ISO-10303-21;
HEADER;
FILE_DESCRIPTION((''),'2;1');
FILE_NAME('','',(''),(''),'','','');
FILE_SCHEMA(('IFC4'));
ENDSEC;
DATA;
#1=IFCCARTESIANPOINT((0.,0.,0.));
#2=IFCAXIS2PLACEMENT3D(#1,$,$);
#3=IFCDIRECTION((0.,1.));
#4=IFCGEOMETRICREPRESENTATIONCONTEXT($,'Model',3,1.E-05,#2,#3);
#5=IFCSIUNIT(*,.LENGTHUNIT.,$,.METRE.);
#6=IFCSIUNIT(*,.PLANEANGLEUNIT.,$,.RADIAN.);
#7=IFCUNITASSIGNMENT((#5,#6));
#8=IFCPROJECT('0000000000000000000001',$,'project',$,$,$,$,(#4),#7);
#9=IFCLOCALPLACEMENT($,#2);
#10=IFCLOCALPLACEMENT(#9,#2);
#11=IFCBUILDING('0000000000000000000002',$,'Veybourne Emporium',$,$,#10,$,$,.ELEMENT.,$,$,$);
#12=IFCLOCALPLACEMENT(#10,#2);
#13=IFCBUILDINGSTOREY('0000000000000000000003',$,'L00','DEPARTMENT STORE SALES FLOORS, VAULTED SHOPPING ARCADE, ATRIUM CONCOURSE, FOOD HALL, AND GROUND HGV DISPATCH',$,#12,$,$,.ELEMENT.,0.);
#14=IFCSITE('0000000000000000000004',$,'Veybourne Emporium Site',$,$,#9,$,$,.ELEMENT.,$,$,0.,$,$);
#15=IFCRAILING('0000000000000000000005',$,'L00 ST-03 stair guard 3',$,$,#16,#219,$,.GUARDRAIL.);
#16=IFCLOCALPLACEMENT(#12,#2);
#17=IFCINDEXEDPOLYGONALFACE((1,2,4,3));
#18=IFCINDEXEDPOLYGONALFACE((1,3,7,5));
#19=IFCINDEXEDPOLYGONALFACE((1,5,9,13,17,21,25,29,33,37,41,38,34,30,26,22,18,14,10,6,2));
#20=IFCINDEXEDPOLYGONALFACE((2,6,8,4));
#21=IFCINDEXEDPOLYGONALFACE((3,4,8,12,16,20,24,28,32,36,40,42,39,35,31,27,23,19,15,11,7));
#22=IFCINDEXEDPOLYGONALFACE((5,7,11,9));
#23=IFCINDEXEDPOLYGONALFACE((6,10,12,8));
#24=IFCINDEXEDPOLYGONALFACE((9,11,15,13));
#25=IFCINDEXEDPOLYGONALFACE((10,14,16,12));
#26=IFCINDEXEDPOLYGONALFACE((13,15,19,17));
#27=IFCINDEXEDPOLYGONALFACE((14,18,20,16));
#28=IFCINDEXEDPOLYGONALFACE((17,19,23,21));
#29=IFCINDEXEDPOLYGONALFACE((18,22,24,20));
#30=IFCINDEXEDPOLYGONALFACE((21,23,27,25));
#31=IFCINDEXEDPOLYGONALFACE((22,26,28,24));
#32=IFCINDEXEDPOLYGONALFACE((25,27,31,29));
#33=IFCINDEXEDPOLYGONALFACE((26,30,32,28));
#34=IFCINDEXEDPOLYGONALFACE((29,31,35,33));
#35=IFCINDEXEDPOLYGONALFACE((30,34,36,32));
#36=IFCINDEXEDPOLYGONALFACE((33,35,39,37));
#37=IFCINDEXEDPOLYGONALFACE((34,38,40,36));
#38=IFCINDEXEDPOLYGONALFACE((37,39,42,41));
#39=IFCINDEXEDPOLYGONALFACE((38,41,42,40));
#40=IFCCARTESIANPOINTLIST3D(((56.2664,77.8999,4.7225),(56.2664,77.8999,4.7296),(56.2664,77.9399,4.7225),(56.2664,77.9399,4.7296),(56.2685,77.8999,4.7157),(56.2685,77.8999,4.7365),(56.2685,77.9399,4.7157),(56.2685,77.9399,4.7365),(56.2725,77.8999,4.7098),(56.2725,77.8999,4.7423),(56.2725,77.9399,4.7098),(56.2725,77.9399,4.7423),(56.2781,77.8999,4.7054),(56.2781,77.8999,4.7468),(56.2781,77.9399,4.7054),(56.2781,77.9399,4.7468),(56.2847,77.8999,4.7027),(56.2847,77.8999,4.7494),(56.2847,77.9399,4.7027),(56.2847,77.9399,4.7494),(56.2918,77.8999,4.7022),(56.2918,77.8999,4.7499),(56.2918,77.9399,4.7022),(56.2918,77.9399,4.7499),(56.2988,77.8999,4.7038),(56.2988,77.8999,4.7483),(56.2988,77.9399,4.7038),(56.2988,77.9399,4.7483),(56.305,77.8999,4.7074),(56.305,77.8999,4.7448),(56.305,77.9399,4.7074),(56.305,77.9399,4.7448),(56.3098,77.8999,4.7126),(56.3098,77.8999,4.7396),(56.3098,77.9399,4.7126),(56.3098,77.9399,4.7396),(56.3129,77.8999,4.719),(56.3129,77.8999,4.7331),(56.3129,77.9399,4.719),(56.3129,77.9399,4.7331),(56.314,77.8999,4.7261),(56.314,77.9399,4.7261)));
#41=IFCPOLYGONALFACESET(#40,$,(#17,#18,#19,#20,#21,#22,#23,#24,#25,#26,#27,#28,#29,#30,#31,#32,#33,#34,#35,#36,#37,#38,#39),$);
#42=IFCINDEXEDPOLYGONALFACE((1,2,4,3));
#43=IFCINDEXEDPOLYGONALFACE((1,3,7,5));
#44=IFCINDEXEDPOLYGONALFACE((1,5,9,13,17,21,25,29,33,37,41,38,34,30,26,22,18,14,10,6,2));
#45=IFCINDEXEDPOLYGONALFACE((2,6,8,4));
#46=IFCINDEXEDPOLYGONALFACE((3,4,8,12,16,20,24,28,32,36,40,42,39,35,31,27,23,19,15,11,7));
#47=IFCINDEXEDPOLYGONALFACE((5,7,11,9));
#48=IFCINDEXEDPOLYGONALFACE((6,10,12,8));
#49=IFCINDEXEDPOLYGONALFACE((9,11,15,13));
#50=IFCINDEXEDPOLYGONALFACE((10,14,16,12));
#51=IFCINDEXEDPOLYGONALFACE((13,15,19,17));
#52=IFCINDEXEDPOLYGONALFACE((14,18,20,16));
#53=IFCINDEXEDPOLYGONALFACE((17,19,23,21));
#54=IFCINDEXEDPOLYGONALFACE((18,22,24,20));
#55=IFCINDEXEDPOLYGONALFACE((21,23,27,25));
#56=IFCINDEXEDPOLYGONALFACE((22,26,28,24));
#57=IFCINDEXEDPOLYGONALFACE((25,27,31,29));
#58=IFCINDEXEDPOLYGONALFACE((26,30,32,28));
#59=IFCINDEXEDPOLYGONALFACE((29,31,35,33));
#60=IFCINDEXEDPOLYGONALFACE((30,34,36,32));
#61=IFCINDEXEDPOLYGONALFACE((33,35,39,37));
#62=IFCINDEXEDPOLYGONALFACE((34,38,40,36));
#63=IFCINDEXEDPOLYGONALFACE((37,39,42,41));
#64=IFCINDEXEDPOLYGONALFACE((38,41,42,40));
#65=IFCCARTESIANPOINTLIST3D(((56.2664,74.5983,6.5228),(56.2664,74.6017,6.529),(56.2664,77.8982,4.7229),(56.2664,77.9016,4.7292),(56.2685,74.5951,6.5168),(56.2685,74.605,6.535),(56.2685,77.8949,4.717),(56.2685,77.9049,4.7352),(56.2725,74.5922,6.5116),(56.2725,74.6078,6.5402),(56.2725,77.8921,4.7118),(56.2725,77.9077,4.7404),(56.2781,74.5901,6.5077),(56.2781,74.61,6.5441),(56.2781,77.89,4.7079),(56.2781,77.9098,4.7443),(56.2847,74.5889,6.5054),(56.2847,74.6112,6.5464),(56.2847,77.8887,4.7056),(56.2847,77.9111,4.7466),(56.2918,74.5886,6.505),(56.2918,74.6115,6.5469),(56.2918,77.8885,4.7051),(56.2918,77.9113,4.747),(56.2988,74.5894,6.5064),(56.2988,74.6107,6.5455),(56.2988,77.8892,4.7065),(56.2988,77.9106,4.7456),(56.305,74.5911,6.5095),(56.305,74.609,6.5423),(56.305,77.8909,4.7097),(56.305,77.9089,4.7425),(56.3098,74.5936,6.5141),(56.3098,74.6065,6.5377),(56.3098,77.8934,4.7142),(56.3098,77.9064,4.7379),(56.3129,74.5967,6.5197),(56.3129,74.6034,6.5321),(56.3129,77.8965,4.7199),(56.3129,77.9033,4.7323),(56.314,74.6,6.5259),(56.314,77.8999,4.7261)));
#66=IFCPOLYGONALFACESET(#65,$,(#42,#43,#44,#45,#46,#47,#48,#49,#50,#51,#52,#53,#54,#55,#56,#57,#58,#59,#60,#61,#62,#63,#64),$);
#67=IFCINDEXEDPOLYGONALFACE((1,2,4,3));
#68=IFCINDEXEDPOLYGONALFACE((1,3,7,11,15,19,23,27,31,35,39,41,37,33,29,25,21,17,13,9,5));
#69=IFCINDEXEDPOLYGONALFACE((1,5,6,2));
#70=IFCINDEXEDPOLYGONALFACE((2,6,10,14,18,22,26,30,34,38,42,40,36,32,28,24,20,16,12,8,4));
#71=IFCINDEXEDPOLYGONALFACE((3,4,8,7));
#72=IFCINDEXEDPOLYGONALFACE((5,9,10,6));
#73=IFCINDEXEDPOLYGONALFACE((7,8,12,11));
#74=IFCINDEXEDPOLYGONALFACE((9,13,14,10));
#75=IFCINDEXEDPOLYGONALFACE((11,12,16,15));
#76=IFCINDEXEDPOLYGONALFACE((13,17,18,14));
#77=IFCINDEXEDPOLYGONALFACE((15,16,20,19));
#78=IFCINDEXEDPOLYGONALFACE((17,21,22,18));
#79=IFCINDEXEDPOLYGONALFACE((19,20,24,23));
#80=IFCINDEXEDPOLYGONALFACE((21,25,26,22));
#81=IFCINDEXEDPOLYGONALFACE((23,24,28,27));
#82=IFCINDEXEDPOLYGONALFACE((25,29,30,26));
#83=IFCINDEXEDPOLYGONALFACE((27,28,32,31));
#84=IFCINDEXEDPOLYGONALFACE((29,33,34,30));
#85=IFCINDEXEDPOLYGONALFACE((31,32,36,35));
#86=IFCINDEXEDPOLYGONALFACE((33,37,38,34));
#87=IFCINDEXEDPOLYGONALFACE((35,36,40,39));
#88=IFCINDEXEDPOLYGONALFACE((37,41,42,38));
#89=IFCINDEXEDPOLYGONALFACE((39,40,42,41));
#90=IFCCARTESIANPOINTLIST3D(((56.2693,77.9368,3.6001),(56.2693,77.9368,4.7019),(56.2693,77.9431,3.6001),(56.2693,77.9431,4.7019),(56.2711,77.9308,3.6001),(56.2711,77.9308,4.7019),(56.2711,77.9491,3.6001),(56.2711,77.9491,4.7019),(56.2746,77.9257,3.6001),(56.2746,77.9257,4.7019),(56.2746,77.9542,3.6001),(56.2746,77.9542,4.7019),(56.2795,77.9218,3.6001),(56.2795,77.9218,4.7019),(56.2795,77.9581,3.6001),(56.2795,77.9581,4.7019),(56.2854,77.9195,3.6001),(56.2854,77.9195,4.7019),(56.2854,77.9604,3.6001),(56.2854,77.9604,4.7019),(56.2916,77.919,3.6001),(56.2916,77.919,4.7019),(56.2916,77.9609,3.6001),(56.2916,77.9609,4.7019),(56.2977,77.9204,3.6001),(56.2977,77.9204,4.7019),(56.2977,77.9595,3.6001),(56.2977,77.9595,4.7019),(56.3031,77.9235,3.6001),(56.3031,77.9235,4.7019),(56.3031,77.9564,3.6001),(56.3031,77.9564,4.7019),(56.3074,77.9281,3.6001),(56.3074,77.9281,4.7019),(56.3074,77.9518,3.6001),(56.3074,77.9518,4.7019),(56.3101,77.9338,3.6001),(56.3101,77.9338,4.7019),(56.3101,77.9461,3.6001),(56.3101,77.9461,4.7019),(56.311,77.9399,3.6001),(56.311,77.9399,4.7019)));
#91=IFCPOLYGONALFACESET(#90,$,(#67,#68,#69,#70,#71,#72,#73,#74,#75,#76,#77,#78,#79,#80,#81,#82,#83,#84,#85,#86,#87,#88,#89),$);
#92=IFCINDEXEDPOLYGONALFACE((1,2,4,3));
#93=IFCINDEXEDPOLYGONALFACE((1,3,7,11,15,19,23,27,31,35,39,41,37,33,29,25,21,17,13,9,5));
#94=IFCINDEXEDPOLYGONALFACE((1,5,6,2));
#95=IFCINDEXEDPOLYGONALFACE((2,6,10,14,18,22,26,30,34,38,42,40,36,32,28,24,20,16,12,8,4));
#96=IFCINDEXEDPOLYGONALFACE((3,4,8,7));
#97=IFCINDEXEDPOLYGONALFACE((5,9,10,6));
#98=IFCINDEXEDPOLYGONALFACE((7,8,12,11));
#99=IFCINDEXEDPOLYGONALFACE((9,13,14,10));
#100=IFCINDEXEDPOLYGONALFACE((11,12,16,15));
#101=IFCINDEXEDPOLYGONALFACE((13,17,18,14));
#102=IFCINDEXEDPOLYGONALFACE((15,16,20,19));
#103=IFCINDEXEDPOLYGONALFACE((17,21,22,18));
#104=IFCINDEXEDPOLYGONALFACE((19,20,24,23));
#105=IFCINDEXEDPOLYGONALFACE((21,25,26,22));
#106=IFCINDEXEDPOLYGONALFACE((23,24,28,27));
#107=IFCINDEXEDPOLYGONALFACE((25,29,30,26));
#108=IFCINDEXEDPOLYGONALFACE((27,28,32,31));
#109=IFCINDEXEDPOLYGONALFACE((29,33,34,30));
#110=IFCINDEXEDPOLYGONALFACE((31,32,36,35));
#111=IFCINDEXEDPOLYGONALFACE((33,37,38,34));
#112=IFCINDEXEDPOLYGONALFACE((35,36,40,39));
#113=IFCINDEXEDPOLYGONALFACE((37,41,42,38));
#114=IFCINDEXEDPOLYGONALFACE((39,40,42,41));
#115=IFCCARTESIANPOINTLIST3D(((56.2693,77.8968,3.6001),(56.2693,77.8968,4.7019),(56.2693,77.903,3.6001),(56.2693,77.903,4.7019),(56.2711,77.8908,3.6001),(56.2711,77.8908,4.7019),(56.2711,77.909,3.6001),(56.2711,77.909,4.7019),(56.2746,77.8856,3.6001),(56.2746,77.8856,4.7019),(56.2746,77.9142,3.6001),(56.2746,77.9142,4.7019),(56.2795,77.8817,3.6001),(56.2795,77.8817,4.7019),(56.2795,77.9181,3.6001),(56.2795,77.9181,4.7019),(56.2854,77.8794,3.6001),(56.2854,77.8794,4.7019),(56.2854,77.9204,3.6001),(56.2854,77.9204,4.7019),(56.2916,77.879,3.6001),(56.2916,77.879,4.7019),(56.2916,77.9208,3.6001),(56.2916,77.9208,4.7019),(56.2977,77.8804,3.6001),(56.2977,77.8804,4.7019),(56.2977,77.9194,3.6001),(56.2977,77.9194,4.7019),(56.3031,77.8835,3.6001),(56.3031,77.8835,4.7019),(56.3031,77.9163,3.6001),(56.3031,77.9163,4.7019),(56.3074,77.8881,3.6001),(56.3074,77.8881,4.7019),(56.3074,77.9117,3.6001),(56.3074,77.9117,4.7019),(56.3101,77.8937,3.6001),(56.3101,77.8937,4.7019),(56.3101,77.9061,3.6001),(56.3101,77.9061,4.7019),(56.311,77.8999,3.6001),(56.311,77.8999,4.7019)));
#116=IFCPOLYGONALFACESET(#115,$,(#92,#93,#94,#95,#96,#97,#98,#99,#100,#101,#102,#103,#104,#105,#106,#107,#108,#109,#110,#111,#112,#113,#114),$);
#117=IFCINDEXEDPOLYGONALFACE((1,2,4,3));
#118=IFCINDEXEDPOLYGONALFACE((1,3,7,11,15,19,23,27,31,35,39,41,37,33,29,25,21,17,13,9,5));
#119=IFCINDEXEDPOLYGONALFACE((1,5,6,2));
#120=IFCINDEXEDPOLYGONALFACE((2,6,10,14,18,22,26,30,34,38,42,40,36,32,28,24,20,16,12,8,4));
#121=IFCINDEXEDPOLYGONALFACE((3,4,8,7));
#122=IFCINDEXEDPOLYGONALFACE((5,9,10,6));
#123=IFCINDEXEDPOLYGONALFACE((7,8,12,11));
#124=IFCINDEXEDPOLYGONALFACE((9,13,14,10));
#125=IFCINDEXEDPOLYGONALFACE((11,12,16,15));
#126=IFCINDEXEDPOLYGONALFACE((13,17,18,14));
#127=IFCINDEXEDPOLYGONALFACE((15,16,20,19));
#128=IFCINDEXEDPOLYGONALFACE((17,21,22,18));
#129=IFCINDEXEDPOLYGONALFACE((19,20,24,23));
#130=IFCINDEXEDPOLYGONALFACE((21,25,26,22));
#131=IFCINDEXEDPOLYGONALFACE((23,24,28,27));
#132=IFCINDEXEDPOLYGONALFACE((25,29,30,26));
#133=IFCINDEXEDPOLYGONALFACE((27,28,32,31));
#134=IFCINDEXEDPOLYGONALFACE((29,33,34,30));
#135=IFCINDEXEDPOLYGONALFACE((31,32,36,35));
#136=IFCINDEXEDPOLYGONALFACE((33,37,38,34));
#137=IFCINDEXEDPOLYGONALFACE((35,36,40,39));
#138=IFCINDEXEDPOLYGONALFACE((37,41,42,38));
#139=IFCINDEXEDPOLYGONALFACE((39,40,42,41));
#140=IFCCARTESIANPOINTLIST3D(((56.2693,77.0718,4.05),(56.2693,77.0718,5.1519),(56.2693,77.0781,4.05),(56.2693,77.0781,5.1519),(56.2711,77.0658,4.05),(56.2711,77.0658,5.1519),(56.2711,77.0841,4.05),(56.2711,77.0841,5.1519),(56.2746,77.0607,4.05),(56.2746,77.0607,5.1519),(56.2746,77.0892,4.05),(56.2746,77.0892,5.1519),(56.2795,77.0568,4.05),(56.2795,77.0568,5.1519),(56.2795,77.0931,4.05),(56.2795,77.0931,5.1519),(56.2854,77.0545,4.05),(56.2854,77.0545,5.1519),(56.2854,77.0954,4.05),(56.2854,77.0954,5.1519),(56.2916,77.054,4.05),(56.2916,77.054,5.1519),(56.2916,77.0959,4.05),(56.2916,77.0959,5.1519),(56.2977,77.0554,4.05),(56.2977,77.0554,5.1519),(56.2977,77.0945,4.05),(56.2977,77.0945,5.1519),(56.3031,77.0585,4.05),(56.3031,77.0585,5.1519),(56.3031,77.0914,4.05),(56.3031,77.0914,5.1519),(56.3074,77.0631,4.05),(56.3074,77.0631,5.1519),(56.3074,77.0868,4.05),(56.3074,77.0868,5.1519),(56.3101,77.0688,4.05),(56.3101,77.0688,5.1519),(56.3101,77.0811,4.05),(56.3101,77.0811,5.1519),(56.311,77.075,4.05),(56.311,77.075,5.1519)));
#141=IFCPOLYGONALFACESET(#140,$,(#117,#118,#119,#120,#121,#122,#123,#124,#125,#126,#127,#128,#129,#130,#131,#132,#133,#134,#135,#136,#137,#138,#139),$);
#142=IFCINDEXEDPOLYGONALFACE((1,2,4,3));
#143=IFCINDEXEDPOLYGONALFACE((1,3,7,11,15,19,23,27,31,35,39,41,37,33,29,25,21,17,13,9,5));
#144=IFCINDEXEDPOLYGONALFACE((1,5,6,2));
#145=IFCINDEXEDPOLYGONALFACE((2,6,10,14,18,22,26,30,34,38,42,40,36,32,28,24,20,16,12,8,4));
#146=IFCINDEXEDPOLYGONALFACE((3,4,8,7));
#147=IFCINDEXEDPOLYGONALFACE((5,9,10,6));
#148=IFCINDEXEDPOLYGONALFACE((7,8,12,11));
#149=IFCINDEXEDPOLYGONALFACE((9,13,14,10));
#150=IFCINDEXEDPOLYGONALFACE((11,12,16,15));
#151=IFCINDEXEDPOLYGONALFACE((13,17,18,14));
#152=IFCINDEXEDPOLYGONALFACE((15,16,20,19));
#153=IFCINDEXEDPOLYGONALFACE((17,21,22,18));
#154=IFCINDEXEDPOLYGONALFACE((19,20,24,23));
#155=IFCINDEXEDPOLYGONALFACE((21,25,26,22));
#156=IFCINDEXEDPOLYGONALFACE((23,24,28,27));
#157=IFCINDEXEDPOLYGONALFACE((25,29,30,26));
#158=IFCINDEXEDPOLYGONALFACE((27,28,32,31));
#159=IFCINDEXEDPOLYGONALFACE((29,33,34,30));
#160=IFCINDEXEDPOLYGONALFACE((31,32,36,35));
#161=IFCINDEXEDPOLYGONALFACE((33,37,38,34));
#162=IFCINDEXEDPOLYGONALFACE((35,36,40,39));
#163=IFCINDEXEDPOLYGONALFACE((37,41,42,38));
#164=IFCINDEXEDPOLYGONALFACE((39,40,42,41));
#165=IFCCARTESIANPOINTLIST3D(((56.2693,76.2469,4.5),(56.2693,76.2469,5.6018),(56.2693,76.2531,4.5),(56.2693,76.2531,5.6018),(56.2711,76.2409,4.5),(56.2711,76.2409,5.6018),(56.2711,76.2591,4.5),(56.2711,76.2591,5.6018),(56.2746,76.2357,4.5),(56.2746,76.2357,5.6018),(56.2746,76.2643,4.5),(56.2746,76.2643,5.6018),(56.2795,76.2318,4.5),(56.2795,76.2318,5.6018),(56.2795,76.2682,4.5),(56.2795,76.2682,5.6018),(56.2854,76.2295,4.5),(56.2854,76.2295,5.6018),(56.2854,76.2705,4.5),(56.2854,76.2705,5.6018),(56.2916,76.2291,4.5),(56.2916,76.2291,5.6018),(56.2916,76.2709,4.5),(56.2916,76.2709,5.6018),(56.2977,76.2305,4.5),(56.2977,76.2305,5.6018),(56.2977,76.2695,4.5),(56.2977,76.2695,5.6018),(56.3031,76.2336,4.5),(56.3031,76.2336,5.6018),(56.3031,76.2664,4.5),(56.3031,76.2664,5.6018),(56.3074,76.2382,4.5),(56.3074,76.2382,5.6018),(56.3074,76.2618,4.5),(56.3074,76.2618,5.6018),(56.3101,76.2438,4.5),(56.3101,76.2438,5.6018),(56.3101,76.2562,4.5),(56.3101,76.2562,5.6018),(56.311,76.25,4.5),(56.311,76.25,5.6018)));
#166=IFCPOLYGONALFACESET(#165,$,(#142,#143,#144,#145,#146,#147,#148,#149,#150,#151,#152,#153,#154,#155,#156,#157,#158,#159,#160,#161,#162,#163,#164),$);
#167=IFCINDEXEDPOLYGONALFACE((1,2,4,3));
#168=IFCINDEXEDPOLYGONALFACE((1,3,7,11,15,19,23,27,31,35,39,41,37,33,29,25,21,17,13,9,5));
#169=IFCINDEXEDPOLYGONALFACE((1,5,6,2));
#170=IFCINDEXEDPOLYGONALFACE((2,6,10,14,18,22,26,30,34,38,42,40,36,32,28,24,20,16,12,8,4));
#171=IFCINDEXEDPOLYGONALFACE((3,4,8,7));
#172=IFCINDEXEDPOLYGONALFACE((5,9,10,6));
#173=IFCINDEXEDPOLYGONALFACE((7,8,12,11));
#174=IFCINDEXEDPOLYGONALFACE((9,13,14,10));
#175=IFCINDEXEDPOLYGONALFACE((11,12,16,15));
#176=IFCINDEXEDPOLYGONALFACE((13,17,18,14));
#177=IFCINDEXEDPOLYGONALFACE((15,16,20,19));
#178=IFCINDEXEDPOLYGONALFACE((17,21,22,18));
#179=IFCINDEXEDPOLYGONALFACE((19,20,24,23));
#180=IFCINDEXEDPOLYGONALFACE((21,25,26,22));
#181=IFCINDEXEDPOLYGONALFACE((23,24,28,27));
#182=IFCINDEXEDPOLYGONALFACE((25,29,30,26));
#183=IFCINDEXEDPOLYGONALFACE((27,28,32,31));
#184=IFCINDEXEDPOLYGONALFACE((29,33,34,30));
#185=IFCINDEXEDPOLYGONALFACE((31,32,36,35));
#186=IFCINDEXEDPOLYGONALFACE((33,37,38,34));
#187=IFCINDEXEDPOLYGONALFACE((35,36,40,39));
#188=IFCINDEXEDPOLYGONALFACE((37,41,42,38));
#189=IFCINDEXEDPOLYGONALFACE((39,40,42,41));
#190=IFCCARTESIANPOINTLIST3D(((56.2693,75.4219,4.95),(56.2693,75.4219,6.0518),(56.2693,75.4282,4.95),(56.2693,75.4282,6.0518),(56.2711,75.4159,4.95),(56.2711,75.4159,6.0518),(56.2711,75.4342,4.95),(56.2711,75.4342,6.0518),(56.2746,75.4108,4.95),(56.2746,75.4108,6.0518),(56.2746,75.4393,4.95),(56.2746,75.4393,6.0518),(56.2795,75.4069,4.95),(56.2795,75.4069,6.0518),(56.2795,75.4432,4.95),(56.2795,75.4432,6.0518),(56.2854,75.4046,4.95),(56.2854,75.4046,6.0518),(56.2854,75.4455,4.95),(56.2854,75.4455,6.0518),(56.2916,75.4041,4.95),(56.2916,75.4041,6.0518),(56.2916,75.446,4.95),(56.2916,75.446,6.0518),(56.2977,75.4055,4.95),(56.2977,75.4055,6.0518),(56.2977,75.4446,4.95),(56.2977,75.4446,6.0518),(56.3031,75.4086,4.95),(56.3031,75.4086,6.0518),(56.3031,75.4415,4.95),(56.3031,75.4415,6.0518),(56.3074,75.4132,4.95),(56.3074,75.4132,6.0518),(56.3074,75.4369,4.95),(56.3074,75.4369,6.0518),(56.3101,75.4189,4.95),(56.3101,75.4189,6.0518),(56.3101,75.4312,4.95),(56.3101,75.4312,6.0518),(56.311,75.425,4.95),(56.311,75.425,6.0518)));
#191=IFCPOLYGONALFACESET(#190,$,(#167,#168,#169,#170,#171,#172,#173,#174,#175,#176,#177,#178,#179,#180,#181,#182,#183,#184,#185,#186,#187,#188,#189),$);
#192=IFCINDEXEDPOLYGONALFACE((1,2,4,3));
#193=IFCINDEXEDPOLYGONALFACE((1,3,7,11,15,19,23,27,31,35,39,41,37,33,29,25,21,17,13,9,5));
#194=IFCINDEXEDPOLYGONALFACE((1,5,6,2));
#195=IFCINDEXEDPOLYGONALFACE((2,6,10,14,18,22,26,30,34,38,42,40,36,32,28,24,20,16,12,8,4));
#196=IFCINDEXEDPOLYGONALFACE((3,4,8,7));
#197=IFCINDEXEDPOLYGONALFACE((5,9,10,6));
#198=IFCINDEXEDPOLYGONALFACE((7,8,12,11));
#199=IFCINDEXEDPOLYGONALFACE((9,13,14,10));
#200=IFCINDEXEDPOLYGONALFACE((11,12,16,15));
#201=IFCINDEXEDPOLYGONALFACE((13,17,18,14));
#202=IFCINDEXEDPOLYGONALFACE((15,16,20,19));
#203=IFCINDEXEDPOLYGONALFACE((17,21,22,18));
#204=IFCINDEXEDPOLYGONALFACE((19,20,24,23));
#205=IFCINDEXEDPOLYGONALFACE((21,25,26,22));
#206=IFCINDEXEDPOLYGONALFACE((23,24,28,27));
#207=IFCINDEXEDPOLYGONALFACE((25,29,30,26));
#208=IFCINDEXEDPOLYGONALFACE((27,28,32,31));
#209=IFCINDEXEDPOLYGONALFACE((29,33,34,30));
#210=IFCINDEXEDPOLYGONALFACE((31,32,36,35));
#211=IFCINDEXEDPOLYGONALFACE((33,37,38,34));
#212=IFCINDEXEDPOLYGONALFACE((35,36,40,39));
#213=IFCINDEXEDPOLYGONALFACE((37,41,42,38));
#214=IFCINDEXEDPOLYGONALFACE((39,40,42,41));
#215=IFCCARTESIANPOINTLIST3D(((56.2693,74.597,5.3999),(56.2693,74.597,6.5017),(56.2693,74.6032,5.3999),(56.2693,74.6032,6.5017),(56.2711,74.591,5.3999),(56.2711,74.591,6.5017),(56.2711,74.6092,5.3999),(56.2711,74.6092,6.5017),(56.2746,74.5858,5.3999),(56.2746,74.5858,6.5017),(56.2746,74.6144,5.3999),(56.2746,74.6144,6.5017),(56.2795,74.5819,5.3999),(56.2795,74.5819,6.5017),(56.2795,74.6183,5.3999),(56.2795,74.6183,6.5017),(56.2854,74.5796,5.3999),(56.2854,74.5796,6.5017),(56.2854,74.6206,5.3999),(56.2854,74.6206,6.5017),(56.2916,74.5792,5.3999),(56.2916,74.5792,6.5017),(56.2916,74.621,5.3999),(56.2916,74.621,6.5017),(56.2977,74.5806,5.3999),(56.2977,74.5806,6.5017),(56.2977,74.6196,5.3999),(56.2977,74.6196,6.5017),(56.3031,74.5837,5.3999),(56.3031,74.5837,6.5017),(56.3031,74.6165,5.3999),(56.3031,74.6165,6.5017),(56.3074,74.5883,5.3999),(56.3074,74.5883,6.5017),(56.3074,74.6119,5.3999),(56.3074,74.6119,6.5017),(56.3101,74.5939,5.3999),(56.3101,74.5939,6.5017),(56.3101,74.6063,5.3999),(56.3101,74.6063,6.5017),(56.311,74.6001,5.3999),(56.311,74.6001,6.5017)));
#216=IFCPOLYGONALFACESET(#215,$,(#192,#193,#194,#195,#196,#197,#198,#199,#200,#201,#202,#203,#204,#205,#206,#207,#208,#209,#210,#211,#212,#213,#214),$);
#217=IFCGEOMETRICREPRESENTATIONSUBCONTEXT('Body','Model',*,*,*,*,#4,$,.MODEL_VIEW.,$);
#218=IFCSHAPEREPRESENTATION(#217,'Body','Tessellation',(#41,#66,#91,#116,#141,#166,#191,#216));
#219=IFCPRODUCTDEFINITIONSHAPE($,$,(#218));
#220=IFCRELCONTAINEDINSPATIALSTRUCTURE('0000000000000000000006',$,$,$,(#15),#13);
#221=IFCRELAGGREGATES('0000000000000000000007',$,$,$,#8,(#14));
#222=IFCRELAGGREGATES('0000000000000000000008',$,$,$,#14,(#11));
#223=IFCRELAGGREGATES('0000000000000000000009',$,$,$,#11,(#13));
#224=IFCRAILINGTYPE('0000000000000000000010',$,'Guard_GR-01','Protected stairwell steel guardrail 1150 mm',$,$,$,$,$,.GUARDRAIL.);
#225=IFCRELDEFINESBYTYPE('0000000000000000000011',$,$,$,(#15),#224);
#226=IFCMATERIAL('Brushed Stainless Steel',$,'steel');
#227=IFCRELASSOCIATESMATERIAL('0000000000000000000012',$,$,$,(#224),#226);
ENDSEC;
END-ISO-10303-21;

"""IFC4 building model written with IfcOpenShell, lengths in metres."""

from ifc_helpers import new_model, si_unit, direction, frame, origin, origin_2d, place, context, subcontext, project, spatial, circle, extrude, material, type_object, element, save


model = new_model("IFC4")

# Units and contexts
model_context = context("Model", 3, precision=1e-05, world=origin(), true_north=direction((0.0, 1.0)))
body_context = subcontext(model_context, "Body", "Model", "MODEL_VIEW")
ifc_project = project(units=[si_unit("LENGTHUNIT", "METRE"), si_unit("PLANEANGLEUNIT", "RADIAN")], contexts=[model_context])

# Site, building, storey
site_placement = place(None, origin())
site = spatial("IfcSite", under=ifc_project, at=site_placement, Name="Veybourne Emporium Site", CompositionType="ELEMENT", RefElevation=0.0)
building_placement = place(site_placement, origin())
building = spatial("IfcBuilding", under=site, at=building_placement, Name="Veybourne Emporium", CompositionType="ELEMENT")
storey_placement = place(building_placement, origin())
storey = spatial("IfcBuildingStorey", under=building, at=storey_placement, Name="L00", Description="DEPARTMENT STORE SALES FLOORS, VAULTED SHOPPING ARCADE, ATRIUM CONCOURSE, FOOD HALL, AND GROUND HGV DISPATCH", CompositionType="ELEMENT", Elevation=0.0)

# Railing
ifc_material_1 = material(Name="Brushed Stainless Steel", Category="steel")
railing_type_1 = type_object("IfcRailingType", Name="Guard_GR-01", Description="Protected stairwell steel guardrail 1150 mm", PredefinedType="GUARDRAIL", material=ifc_material_1)
railing_1_placement = place(storey_placement, frame((56.29, 77.9399, 3.6001)))
element("IfcRailing", 1, at=railing_1_placement, inside=storey, type_object=railing_type_1, Name="L00 ST-03 stair guard 3", PredefinedType="GUARDRAIL", context=body_context, shape_type="SweptSolid", body=[
    extrude(circle(Radius=0.0239, at=origin_2d()), frame((0.0, 0.0, 1.126), z_axis=(0.0, -1.0, 0.0), x_axis=(1.0, 0.0, 0.0)), (0.0, 0.0, 1.0), 0.04),
    extrude(circle(Radius=0.0239, at=origin_2d()), frame((0.0, -0.04, 1.126), z_axis=(0.0, -0.877906, 0.478834), x_axis=(1.0, 0.0, 0.0)), (0.0, 0.0, 1.0), 3.7588),
    extrude(circle(Radius=0.021, at=origin_2d()), origin(), (0.0, 0.0, 1.0), 1.1018),
    extrude(circle(Radius=0.021, at=origin_2d()), frame((0.0, -0.04, 0.0)), (0.0, 0.0, 1.0), 1.1018),
    extrude(circle(Radius=0.021, at=origin_2d()), frame((0.0, -0.865, 0.45)), (0.0, 0.0, 1.0), 1.1018),
    extrude(circle(Radius=0.021, at=origin_2d()), frame((0.0, -1.6899, 0.8999)), (0.0, 0.0, 1.0), 1.1018),
    extrude(circle(Radius=0.021, at=origin_2d()), frame((0.0, -2.5149, 1.3499)), (0.0, 0.0, 1.0), 1.1018),
    extrude(circle(Radius=0.021, at=origin_2d()), frame((0.0, -3.3398, 1.7998)), (0.0, 0.0, 1.0), 1.1018),
])

save(model, "model.ifc")
